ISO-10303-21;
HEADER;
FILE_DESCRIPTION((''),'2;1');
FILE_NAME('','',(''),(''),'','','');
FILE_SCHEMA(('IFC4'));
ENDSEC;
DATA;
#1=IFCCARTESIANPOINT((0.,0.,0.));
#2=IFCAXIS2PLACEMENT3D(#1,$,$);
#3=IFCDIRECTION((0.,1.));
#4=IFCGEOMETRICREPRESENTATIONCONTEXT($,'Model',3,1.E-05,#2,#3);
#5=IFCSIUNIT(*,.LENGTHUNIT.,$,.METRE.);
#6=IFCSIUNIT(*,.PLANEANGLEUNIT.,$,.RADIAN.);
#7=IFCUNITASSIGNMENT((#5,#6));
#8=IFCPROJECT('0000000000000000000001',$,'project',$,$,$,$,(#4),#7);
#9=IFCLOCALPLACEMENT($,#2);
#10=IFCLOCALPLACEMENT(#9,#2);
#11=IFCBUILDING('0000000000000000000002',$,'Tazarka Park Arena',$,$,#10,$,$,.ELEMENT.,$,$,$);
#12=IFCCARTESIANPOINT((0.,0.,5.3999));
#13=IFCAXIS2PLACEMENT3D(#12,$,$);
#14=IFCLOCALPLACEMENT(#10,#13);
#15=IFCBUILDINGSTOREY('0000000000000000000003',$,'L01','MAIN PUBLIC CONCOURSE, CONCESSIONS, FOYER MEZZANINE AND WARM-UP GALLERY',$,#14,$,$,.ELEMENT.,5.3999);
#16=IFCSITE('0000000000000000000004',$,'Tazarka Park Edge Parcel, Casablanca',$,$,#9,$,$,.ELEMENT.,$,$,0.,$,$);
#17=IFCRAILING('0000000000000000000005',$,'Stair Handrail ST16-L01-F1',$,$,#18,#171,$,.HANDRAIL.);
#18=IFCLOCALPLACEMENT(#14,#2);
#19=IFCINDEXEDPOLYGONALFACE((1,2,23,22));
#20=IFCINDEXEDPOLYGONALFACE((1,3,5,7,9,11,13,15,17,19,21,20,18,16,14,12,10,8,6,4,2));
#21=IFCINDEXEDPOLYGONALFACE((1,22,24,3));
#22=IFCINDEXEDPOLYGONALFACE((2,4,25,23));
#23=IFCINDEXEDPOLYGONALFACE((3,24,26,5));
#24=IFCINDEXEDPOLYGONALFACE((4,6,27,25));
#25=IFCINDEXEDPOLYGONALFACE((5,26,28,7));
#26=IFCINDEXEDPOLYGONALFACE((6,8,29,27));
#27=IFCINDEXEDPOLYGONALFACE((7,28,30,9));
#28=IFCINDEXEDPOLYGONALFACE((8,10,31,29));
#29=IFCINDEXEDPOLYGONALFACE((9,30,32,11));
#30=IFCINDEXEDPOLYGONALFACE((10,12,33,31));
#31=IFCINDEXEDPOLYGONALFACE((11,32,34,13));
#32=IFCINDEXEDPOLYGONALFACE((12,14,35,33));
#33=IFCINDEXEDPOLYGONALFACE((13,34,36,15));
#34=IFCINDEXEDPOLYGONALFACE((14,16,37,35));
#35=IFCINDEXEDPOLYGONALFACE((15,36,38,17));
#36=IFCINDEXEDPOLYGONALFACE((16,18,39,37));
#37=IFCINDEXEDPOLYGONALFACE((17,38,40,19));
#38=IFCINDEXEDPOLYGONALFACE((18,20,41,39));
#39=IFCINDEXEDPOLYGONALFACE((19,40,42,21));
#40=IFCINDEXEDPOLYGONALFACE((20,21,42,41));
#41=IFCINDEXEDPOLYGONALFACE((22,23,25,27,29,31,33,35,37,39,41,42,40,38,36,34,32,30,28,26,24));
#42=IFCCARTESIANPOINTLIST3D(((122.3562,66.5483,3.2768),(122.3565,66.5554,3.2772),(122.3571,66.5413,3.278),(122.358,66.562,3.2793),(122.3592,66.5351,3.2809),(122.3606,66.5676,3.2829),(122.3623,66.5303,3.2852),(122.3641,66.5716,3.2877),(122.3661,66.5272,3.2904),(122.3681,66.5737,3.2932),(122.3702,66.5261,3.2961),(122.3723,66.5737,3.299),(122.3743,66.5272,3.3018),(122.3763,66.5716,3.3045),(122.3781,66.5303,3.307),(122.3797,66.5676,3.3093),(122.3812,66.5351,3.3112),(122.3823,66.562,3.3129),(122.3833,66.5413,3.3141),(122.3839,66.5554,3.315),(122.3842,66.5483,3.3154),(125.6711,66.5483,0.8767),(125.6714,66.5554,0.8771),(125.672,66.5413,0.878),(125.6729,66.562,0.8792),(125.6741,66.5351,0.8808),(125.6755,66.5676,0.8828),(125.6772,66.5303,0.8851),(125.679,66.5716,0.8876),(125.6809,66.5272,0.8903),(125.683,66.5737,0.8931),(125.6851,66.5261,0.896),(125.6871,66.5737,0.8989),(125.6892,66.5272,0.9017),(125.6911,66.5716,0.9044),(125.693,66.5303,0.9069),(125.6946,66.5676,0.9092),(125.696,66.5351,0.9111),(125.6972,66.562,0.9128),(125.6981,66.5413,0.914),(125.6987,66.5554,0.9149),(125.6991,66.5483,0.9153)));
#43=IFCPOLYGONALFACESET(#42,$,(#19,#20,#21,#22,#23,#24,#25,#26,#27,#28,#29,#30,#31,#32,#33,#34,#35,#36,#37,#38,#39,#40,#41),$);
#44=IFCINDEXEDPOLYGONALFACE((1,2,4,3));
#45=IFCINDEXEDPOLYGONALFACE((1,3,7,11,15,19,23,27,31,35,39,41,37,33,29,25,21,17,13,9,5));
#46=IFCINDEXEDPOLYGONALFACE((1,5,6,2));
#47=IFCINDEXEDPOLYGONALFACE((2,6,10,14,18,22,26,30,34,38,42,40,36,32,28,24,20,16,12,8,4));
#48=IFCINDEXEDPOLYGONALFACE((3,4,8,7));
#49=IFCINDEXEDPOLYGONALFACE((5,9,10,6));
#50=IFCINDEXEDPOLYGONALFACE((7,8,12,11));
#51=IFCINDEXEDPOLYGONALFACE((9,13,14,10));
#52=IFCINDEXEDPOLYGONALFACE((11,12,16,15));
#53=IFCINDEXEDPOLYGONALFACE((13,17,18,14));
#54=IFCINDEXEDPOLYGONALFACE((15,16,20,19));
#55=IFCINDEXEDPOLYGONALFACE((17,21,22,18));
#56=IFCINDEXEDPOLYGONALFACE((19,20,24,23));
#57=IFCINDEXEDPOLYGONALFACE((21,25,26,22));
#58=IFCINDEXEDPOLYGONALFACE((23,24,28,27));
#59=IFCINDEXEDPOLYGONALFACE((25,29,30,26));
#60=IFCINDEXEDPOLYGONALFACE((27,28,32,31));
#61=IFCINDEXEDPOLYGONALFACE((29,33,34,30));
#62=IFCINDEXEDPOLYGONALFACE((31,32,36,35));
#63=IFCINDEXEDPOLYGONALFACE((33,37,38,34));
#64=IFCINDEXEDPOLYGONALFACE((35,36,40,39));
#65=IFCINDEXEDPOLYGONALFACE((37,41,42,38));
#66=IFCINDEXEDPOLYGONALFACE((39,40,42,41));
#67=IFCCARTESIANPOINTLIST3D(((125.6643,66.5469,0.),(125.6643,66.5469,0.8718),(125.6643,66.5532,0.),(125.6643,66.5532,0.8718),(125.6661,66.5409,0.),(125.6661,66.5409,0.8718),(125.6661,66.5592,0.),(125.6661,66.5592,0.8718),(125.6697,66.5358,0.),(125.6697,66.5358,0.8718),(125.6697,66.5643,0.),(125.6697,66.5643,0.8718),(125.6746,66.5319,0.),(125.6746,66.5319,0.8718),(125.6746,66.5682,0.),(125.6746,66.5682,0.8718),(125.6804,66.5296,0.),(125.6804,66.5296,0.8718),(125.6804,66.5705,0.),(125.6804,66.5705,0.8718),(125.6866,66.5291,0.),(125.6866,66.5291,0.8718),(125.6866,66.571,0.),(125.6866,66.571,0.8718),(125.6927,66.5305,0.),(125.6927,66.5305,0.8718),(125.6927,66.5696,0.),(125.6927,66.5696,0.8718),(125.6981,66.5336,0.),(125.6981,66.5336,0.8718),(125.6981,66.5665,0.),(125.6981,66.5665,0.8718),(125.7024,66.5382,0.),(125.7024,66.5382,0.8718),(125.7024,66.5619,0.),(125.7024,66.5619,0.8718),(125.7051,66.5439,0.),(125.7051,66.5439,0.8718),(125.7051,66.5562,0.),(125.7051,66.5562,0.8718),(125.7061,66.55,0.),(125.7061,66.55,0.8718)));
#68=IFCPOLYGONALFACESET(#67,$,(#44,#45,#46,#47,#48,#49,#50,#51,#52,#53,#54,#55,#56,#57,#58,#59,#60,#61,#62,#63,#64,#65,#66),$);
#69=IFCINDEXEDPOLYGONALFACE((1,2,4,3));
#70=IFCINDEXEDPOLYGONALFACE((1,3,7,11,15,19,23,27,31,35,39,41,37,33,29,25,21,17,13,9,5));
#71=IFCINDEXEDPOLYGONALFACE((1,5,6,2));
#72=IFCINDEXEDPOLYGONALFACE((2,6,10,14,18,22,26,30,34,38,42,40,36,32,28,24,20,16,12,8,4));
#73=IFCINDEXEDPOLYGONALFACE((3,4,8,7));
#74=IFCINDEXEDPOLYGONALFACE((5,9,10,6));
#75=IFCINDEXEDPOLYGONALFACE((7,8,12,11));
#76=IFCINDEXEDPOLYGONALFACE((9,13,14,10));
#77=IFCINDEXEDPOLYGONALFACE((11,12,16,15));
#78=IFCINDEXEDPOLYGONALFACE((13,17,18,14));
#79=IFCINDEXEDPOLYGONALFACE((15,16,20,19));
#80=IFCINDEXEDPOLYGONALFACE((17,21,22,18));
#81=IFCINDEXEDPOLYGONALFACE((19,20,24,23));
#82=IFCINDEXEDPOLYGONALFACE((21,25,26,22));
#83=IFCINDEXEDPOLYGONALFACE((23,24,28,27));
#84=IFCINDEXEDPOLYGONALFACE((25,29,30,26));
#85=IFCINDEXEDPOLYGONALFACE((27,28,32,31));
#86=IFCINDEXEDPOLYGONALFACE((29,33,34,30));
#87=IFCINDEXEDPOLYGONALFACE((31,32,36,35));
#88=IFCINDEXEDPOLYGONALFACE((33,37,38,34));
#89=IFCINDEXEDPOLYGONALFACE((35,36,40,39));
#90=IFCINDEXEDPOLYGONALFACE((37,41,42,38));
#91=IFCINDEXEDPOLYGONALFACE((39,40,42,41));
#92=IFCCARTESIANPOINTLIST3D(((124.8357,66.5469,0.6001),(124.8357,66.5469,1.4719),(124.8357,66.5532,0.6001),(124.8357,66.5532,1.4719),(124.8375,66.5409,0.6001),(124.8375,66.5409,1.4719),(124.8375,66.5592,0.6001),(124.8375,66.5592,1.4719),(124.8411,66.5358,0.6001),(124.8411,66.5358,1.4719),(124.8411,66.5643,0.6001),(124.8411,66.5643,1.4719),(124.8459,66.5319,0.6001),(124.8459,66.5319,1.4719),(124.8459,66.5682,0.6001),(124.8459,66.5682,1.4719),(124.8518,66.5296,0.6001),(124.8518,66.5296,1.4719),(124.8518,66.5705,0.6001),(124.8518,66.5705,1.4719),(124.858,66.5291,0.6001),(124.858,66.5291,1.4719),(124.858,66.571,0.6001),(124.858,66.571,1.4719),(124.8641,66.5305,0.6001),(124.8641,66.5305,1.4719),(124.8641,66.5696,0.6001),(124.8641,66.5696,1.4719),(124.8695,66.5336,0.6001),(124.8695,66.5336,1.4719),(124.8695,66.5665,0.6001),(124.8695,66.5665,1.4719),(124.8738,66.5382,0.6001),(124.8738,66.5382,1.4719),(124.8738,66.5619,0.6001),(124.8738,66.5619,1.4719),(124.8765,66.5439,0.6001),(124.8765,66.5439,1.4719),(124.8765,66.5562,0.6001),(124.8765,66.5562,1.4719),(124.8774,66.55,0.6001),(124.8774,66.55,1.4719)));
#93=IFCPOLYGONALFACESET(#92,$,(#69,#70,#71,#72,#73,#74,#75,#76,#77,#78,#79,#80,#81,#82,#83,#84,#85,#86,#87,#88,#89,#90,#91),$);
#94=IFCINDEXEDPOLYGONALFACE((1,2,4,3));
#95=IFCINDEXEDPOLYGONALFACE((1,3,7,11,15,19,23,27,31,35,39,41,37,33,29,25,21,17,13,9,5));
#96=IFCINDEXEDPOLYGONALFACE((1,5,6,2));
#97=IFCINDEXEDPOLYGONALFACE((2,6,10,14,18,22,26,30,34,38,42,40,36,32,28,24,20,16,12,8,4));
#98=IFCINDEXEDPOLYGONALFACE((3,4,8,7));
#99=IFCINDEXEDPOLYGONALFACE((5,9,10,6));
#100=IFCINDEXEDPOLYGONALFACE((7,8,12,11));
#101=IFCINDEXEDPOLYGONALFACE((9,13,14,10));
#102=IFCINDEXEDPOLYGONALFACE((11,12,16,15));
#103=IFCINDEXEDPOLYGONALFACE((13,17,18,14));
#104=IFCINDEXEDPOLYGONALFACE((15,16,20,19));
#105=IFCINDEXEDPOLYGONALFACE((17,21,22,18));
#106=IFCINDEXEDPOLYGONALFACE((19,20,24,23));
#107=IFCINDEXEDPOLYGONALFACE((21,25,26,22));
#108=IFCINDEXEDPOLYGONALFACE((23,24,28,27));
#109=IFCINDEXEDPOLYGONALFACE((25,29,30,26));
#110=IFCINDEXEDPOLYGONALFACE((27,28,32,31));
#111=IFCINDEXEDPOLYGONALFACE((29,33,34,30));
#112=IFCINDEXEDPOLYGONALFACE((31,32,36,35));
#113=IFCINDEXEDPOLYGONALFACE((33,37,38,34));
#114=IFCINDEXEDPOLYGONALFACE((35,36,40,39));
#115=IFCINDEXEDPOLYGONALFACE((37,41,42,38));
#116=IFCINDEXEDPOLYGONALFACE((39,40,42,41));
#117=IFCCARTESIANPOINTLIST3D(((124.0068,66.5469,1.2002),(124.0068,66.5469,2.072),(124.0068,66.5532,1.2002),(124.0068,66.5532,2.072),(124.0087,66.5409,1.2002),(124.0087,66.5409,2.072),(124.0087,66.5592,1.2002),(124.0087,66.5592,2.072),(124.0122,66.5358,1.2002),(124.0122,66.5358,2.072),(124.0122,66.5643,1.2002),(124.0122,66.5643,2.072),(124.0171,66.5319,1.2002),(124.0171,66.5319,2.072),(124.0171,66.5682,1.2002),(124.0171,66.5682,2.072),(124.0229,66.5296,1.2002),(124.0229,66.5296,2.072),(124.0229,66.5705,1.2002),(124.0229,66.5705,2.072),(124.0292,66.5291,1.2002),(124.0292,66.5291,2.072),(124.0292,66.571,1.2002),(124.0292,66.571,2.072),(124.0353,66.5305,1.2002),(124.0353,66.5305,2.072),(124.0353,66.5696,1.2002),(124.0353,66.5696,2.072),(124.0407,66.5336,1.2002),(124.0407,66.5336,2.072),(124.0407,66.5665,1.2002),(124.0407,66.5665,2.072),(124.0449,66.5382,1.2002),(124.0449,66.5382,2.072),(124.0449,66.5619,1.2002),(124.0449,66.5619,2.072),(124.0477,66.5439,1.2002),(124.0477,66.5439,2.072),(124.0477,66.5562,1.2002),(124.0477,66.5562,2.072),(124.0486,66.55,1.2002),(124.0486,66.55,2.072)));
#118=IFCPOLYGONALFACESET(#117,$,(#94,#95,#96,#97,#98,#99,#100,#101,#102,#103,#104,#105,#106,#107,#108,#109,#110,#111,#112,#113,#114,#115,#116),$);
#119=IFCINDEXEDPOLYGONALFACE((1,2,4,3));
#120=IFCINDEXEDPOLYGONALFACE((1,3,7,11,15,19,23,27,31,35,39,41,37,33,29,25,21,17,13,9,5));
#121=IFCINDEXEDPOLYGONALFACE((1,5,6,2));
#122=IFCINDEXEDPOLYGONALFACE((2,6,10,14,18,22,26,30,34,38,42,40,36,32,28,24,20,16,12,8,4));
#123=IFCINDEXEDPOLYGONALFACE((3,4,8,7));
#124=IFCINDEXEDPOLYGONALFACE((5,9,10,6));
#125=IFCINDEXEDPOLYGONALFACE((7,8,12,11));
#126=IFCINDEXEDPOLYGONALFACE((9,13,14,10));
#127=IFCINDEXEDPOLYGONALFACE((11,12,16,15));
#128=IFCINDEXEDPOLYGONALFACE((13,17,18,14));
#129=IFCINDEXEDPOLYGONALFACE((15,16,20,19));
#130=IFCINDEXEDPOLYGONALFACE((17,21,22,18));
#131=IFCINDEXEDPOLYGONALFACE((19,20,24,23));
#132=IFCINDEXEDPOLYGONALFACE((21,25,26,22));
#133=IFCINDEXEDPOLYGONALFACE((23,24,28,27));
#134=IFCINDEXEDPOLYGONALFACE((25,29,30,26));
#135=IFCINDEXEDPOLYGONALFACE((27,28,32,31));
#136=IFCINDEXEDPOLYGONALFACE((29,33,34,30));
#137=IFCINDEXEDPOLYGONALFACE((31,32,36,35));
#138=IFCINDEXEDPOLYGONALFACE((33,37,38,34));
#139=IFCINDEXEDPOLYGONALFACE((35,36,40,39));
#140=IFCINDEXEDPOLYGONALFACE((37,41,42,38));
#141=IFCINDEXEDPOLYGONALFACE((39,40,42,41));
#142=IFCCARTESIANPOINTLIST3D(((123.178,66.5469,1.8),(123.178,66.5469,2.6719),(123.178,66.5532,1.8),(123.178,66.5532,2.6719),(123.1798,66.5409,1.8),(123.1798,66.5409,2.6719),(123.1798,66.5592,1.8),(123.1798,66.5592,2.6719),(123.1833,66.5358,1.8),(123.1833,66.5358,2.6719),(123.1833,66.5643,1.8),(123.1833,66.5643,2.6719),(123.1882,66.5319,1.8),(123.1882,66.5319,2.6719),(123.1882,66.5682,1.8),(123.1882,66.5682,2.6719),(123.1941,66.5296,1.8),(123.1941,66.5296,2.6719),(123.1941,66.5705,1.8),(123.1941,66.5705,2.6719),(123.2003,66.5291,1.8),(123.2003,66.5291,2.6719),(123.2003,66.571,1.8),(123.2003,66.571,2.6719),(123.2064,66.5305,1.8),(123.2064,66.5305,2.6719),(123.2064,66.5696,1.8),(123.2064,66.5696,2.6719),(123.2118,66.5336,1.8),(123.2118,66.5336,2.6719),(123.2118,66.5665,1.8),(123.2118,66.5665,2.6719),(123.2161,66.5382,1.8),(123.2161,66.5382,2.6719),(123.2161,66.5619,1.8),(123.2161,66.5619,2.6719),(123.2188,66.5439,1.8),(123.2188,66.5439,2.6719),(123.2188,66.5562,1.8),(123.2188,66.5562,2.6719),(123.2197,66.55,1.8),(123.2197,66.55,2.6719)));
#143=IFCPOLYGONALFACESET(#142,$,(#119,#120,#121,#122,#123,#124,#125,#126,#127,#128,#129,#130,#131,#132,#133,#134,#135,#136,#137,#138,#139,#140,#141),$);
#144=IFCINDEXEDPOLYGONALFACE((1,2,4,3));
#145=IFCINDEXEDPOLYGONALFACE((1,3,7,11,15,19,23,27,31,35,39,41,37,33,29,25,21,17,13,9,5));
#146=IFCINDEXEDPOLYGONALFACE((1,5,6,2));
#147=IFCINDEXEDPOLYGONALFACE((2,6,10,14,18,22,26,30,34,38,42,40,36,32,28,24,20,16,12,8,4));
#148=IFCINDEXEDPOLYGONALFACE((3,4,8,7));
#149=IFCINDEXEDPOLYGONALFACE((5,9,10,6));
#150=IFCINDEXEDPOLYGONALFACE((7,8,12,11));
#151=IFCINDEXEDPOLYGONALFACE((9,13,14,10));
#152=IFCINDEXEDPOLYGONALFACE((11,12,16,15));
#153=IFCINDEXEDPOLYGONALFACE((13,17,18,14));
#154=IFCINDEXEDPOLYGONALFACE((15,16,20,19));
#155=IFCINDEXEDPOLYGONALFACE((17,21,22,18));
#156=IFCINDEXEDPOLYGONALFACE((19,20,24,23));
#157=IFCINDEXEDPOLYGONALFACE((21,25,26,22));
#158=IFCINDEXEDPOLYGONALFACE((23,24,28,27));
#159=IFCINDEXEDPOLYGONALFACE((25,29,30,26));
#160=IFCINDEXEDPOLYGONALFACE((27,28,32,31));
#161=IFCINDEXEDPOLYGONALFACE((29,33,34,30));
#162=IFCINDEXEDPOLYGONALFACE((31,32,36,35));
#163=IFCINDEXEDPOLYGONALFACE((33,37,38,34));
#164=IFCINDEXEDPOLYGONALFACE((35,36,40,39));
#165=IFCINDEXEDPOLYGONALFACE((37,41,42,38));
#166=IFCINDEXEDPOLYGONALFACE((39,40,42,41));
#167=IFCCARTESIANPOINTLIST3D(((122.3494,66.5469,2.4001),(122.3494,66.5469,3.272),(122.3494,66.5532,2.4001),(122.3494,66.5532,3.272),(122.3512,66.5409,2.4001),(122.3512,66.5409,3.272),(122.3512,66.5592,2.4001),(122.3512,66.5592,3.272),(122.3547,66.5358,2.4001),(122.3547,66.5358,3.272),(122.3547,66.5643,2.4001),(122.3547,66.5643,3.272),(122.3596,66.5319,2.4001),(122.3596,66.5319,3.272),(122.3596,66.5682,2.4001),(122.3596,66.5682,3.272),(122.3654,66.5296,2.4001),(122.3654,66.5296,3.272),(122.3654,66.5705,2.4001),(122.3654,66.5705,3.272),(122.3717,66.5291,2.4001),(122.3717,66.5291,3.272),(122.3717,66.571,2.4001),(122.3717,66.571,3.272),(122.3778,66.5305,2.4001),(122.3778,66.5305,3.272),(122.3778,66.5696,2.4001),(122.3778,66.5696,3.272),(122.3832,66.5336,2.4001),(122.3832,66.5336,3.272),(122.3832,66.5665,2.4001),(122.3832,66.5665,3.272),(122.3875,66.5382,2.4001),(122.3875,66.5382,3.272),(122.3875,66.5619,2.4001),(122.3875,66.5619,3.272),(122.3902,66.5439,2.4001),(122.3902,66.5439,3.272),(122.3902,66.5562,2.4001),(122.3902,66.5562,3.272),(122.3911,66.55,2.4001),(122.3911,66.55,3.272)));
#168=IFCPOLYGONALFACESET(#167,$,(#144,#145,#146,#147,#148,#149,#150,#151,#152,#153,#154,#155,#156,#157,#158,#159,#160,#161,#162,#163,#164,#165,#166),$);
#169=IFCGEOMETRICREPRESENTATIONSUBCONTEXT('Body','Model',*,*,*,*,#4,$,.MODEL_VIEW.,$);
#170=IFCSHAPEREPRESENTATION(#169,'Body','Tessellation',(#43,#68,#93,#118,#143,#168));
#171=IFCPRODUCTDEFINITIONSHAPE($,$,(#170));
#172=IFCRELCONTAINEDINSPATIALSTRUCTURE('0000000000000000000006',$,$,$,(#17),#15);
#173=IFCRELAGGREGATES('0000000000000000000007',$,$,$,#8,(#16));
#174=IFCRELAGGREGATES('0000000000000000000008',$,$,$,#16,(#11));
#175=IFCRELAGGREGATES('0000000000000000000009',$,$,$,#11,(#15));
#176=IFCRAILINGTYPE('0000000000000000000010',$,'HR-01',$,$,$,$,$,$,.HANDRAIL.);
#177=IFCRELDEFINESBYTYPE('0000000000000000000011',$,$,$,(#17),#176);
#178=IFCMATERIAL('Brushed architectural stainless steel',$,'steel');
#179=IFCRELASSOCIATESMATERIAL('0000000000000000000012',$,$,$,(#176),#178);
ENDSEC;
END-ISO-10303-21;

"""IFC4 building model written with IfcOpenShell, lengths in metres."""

from ifc_helpers import new_model, si_unit, direction, frame, origin, origin_2d, place, context, subcontext, project, spatial, circle, extrude, material, type_object, element, save


model = new_model("IFC4")

# Units and contexts
model_context = context("Model", 3, precision=1e-05, world=origin(), true_north=direction((0.0, 1.0)))
body_context = subcontext(model_context, "Body", "Model", "MODEL_VIEW")
ifc_project = project(units=[si_unit("LENGTHUNIT", "METRE"), si_unit("PLANEANGLEUNIT", "RADIAN")], contexts=[model_context])

# Site, building, storey
site_placement = place(None, origin())
site = spatial("IfcSite", under=ifc_project, at=site_placement, Name="Tazarka Park Edge Parcel, Casablanca", CompositionType="ELEMENT", RefElevation=0.0)
building_placement = place(site_placement, origin())
building = spatial("IfcBuilding", under=site, at=building_placement, Name="Tazarka Park Arena", CompositionType="ELEMENT")
storey_placement = place(building_placement, frame((0.0, 0.0, 5.3999)))
storey = spatial("IfcBuildingStorey", under=building, at=storey_placement, Name="L01", Description="MAIN PUBLIC CONCOURSE, CONCESSIONS, FOYER MEZZANINE AND WARM-UP GALLERY", CompositionType="ELEMENT", Elevation=5.3999)

# Railing
ifc_material_1 = material(Name="Brushed architectural stainless steel", Category="steel")
railing_type_1 = type_object("IfcRailingType", Name="HR-01", PredefinedType="HANDRAIL", material=ifc_material_1)
for number, where, name in (
    (1, (125.6851, 66.55, 0.0), "Stair Handrail ST16-L01-F1"),
):
    element("IfcRailing", number, at=place(storey_placement, frame(where)), inside=storey, type_object=railing_type_1, Name=name, PredefinedType="HANDRAIL", context=body_context, shape_type="SweptSolid", body=[
        extrude(circle(Radius=0.0239, at=origin_2d()), frame((0.0, 0.0, 0.896), z_axis=(-0.80998, 0.0, 0.586457), x_axis=(0.0, -1.0, 0.0)), (0.0, 0.0, 1.0), 4.0925),
        extrude(circle(Radius=0.021, at=origin_2d()), origin(), (0.0, 0.0, 1.0), 0.8718),
        extrude(circle(Radius=0.021, at=origin_2d()), frame((-0.8286, 0.0, 0.6001)), (0.0, 0.0, 1.0), 0.8718),
        extrude(circle(Radius=0.021, at=origin_2d()), frame((-1.6575, 0.0, 1.2002)), (0.0, 0.0, 1.0), 0.8718),
        extrude(circle(Radius=0.021, at=origin_2d()), frame((-2.4863, 0.0, 1.8)), (0.0, 0.0, 1.0), 0.8718),
        extrude(circle(Radius=0.021, at=origin_2d()), frame((-3.3149, 0.0, 2.4001)), (0.0, 0.0, 1.0), 0.8718),
    ])

save(model, "model.ifc")
